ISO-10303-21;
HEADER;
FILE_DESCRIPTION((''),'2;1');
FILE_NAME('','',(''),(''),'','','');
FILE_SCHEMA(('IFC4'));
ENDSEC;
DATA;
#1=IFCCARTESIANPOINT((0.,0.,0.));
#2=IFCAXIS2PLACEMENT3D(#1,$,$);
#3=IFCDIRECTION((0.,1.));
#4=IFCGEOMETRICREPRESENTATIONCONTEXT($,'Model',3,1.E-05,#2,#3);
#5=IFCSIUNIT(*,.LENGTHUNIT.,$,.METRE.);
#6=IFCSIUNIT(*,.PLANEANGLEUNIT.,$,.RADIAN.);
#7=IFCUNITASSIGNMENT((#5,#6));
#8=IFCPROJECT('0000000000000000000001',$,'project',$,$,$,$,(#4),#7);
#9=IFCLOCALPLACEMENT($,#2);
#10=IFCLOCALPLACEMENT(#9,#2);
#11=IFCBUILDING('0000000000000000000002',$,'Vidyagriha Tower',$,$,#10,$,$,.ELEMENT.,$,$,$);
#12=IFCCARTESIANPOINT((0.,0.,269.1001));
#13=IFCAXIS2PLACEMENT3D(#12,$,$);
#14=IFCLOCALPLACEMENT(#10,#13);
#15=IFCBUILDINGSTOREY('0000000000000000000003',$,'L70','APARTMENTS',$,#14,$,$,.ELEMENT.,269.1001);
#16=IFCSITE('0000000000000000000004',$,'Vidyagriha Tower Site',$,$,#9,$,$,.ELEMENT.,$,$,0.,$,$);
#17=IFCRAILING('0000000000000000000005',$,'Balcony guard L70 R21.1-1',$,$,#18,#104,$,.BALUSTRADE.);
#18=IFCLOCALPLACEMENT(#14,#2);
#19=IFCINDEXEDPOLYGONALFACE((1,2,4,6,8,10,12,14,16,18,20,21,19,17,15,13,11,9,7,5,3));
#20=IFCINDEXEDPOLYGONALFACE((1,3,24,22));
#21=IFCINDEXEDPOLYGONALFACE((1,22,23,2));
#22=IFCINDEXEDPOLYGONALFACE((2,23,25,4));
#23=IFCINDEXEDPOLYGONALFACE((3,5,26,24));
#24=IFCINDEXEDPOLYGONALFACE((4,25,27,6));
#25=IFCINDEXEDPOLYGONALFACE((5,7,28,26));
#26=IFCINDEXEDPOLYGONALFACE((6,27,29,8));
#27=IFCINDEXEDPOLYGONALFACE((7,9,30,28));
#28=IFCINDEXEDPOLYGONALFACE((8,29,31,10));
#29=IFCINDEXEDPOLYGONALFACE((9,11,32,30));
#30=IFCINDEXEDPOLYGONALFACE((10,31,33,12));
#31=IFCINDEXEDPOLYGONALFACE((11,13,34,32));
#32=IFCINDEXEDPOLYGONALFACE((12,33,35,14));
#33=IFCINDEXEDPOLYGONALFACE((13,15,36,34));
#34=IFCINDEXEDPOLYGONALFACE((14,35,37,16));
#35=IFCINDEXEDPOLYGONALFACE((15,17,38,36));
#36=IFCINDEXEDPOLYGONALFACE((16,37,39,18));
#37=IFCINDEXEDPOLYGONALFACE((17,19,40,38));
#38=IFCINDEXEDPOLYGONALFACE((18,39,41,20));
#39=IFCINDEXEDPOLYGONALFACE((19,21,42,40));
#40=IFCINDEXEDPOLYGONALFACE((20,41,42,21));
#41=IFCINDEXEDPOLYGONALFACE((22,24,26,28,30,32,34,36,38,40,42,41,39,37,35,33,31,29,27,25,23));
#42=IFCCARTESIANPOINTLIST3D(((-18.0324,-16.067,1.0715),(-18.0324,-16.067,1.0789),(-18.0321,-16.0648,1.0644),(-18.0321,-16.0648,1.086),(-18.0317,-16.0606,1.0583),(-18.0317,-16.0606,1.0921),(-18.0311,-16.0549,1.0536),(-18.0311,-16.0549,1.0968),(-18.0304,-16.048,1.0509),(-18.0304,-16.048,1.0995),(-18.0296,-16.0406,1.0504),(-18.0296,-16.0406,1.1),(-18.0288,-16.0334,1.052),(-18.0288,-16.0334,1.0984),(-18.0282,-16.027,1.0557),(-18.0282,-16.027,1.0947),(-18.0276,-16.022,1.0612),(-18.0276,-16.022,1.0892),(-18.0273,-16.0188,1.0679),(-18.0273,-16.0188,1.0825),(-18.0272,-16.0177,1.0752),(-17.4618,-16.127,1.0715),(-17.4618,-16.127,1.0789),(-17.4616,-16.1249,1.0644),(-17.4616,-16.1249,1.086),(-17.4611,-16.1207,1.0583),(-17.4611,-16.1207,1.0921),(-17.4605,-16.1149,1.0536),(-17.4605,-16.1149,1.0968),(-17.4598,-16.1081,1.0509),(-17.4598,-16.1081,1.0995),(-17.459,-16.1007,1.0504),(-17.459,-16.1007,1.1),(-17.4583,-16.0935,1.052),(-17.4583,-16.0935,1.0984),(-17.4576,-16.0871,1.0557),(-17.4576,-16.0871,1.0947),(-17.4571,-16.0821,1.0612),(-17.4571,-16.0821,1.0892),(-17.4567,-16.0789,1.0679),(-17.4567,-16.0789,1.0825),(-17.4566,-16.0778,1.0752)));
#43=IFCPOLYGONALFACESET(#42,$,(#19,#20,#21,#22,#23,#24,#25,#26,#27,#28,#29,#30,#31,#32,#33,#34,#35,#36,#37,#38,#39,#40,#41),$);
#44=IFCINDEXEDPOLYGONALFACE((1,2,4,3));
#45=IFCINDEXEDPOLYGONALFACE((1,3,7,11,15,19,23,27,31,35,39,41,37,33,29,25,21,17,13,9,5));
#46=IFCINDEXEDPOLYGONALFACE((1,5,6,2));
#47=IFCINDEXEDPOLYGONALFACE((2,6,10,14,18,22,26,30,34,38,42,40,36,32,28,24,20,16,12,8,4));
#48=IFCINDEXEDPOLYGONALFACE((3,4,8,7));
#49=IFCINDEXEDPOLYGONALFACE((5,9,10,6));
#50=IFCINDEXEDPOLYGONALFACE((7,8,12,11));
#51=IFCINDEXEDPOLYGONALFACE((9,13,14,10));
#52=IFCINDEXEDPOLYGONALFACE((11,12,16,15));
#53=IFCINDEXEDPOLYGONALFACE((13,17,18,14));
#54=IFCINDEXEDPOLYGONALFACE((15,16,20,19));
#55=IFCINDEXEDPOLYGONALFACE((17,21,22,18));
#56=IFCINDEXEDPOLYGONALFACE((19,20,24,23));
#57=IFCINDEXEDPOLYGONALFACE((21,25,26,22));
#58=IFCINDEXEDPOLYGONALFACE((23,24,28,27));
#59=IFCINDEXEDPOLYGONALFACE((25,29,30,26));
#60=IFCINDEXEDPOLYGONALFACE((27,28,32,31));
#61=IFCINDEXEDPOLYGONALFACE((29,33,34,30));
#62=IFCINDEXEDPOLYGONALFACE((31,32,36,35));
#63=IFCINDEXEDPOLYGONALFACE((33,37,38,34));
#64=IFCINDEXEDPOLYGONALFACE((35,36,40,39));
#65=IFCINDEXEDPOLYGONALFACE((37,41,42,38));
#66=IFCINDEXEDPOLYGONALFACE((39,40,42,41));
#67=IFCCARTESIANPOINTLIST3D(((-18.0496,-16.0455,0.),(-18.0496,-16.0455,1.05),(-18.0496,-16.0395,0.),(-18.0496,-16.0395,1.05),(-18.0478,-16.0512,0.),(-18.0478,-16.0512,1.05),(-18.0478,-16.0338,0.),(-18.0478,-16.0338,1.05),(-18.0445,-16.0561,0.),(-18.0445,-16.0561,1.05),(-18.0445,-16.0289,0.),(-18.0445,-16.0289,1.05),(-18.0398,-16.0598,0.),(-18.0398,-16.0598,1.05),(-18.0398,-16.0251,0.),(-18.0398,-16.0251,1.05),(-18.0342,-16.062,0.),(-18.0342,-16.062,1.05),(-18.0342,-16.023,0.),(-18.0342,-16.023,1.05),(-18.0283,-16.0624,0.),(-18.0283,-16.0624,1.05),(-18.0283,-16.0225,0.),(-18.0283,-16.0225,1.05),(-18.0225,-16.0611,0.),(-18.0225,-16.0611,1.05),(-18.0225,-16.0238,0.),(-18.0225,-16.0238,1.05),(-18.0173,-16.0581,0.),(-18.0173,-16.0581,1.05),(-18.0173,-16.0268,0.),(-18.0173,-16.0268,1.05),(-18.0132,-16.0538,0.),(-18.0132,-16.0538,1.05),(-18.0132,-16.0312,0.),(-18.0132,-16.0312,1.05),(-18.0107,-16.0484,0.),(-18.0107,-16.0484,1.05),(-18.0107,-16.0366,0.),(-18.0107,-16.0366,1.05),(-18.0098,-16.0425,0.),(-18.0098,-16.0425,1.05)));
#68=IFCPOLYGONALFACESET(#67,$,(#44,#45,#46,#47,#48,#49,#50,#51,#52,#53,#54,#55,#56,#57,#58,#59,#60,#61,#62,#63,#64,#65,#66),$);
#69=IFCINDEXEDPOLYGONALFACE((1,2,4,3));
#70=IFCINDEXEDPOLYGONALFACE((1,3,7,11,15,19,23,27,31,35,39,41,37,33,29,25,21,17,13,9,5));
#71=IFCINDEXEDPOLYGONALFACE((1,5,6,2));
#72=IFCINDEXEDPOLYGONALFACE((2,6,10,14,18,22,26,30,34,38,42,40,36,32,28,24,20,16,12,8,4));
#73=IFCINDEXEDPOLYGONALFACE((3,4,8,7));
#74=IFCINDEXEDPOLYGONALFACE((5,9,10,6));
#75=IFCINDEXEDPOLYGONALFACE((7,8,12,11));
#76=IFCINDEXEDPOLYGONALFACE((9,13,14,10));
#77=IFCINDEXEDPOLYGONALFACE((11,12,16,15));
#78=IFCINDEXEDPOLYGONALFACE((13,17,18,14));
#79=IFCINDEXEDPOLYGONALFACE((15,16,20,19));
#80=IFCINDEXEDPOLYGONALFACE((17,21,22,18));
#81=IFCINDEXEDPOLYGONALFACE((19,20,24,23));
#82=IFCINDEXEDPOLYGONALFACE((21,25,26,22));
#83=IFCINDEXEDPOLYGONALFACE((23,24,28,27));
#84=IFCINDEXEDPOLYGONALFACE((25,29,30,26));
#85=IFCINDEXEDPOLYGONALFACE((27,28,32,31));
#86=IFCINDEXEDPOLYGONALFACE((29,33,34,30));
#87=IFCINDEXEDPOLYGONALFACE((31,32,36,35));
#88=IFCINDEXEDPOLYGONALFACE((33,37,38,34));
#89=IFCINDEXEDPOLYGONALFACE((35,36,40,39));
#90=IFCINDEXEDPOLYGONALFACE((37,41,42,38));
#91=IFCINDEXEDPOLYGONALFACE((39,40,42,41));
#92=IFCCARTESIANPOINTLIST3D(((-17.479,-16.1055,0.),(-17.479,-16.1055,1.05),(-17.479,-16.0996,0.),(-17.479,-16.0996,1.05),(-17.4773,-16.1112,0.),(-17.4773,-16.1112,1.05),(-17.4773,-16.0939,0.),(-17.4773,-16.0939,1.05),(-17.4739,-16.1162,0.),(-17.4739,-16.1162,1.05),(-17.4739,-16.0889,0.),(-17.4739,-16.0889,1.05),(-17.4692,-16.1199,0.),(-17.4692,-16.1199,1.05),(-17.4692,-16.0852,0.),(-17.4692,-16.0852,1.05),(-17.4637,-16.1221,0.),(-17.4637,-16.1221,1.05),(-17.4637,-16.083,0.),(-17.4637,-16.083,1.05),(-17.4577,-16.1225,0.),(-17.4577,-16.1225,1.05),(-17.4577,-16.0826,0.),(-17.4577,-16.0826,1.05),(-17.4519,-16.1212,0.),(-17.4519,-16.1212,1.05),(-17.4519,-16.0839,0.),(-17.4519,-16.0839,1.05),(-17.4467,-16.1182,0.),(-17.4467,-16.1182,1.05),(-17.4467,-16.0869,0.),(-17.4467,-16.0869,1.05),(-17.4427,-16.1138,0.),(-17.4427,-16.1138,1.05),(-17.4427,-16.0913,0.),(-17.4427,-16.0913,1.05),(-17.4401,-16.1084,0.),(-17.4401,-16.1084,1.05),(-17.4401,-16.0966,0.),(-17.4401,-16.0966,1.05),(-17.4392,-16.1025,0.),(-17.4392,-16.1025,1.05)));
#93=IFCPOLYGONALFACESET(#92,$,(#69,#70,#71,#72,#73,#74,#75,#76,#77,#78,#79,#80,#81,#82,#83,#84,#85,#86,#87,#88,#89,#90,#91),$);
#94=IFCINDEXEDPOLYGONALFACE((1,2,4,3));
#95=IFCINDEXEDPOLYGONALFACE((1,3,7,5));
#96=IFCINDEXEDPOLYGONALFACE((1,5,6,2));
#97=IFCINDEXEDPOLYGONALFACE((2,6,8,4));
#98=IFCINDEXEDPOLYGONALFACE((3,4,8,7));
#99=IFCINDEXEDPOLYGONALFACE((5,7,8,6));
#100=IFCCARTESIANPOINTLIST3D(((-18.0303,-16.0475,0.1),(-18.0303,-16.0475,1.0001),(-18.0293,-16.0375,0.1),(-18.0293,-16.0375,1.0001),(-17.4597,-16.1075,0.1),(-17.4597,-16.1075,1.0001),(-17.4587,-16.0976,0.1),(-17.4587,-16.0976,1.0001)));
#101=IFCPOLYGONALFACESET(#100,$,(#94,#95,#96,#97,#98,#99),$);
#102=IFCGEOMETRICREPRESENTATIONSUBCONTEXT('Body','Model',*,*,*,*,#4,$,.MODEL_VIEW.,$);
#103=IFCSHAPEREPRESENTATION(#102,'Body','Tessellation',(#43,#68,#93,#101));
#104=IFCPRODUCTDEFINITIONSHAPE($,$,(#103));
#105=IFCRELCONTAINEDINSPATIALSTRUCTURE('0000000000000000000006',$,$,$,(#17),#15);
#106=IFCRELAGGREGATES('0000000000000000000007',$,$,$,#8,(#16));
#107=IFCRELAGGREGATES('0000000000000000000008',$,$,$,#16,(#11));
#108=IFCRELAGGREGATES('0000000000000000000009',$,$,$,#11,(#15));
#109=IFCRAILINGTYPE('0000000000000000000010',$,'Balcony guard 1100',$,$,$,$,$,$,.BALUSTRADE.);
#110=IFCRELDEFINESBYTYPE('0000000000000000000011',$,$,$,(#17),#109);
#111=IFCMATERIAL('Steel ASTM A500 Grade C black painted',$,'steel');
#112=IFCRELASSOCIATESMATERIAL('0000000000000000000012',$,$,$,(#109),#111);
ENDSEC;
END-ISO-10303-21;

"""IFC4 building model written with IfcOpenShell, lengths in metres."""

from ifc_helpers import new_model, si_unit, direction, frame, origin, origin_2d, place, context, subcontext, project, spatial, rectangle, circle, extrude, material, type_object, element, save


model = new_model("IFC4")

# Units and contexts
model_context = context("Model", 3, precision=1e-05, world=origin(), true_north=direction((0.0, 1.0)))
body_context = subcontext(model_context, "Body", "Model", "MODEL_VIEW")
ifc_project = project(units=[si_unit("LENGTHUNIT", "METRE"), si_unit("PLANEANGLEUNIT", "RADIAN")], contexts=[model_context])

# Site, building, storey
site_placement = place(None, origin())
site = spatial("IfcSite", under=ifc_project, at=site_placement, Name="Vidyagriha Tower Site", CompositionType="ELEMENT", RefElevation=0.0)
building_placement = place(site_placement, origin())
building = spatial("IfcBuilding", under=site, at=building_placement, Name="Vidyagriha Tower", CompositionType="ELEMENT")
storey_placement = place(building_placement, frame((0.0, 0.0, 269.1001)))
storey = spatial("IfcBuildingStorey", under=building, at=storey_placement, Name="L70", Description="APARTMENTS", CompositionType="ELEMENT", Elevation=269.1001)

# Railing
ifc_material_1 = material(Name="Steel ASTM A500 Grade C black painted", Category="steel")
railing_type_1 = type_object("IfcRailingType", Name="Balcony guard 1100", PredefinedType="BALUSTRADE", material=ifc_material_1)
railing_1_placement = place(storey_placement, frame((-18.0298, -16.0425, 0.0)))
element("IfcRailing", 1, at=railing_1_placement, inside=storey, type_object=railing_type_1, Name="Balcony guard L70 R21.1-1", PredefinedType="BALUSTRADE", context=body_context, shape_type="SweptSolid", body=[
    extrude(circle(Radius=0.0249, at=origin_2d()), frame((0.0, 0.0, 1.0752), z_axis=(0.994505, -0.104685, 0.0), x_axis=(0.104685, 0.994505, 0.0)), (0.0, 0.0, 1.0), 0.5737),
    extrude(circle(Radius=0.02, at=origin_2d()), origin(), (0.0, 0.0, 1.0), 1.05),
    extrude(circle(Radius=0.02, at=origin_2d()), frame((0.5706, -0.0601, 0.0)), (0.0, 0.0, 1.0), 1.05),
    extrude(rectangle(XDim=0.01, YDim=0.9001, at=origin_2d()), frame((0.0, 0.0, 0.55), z_axis=(0.994505, -0.104685, 0.0), x_axis=(0.104685, 0.994505, 0.0)), (0.0, 0.0, 1.0), 0.5737),
])

save(model, "model.ifc")
